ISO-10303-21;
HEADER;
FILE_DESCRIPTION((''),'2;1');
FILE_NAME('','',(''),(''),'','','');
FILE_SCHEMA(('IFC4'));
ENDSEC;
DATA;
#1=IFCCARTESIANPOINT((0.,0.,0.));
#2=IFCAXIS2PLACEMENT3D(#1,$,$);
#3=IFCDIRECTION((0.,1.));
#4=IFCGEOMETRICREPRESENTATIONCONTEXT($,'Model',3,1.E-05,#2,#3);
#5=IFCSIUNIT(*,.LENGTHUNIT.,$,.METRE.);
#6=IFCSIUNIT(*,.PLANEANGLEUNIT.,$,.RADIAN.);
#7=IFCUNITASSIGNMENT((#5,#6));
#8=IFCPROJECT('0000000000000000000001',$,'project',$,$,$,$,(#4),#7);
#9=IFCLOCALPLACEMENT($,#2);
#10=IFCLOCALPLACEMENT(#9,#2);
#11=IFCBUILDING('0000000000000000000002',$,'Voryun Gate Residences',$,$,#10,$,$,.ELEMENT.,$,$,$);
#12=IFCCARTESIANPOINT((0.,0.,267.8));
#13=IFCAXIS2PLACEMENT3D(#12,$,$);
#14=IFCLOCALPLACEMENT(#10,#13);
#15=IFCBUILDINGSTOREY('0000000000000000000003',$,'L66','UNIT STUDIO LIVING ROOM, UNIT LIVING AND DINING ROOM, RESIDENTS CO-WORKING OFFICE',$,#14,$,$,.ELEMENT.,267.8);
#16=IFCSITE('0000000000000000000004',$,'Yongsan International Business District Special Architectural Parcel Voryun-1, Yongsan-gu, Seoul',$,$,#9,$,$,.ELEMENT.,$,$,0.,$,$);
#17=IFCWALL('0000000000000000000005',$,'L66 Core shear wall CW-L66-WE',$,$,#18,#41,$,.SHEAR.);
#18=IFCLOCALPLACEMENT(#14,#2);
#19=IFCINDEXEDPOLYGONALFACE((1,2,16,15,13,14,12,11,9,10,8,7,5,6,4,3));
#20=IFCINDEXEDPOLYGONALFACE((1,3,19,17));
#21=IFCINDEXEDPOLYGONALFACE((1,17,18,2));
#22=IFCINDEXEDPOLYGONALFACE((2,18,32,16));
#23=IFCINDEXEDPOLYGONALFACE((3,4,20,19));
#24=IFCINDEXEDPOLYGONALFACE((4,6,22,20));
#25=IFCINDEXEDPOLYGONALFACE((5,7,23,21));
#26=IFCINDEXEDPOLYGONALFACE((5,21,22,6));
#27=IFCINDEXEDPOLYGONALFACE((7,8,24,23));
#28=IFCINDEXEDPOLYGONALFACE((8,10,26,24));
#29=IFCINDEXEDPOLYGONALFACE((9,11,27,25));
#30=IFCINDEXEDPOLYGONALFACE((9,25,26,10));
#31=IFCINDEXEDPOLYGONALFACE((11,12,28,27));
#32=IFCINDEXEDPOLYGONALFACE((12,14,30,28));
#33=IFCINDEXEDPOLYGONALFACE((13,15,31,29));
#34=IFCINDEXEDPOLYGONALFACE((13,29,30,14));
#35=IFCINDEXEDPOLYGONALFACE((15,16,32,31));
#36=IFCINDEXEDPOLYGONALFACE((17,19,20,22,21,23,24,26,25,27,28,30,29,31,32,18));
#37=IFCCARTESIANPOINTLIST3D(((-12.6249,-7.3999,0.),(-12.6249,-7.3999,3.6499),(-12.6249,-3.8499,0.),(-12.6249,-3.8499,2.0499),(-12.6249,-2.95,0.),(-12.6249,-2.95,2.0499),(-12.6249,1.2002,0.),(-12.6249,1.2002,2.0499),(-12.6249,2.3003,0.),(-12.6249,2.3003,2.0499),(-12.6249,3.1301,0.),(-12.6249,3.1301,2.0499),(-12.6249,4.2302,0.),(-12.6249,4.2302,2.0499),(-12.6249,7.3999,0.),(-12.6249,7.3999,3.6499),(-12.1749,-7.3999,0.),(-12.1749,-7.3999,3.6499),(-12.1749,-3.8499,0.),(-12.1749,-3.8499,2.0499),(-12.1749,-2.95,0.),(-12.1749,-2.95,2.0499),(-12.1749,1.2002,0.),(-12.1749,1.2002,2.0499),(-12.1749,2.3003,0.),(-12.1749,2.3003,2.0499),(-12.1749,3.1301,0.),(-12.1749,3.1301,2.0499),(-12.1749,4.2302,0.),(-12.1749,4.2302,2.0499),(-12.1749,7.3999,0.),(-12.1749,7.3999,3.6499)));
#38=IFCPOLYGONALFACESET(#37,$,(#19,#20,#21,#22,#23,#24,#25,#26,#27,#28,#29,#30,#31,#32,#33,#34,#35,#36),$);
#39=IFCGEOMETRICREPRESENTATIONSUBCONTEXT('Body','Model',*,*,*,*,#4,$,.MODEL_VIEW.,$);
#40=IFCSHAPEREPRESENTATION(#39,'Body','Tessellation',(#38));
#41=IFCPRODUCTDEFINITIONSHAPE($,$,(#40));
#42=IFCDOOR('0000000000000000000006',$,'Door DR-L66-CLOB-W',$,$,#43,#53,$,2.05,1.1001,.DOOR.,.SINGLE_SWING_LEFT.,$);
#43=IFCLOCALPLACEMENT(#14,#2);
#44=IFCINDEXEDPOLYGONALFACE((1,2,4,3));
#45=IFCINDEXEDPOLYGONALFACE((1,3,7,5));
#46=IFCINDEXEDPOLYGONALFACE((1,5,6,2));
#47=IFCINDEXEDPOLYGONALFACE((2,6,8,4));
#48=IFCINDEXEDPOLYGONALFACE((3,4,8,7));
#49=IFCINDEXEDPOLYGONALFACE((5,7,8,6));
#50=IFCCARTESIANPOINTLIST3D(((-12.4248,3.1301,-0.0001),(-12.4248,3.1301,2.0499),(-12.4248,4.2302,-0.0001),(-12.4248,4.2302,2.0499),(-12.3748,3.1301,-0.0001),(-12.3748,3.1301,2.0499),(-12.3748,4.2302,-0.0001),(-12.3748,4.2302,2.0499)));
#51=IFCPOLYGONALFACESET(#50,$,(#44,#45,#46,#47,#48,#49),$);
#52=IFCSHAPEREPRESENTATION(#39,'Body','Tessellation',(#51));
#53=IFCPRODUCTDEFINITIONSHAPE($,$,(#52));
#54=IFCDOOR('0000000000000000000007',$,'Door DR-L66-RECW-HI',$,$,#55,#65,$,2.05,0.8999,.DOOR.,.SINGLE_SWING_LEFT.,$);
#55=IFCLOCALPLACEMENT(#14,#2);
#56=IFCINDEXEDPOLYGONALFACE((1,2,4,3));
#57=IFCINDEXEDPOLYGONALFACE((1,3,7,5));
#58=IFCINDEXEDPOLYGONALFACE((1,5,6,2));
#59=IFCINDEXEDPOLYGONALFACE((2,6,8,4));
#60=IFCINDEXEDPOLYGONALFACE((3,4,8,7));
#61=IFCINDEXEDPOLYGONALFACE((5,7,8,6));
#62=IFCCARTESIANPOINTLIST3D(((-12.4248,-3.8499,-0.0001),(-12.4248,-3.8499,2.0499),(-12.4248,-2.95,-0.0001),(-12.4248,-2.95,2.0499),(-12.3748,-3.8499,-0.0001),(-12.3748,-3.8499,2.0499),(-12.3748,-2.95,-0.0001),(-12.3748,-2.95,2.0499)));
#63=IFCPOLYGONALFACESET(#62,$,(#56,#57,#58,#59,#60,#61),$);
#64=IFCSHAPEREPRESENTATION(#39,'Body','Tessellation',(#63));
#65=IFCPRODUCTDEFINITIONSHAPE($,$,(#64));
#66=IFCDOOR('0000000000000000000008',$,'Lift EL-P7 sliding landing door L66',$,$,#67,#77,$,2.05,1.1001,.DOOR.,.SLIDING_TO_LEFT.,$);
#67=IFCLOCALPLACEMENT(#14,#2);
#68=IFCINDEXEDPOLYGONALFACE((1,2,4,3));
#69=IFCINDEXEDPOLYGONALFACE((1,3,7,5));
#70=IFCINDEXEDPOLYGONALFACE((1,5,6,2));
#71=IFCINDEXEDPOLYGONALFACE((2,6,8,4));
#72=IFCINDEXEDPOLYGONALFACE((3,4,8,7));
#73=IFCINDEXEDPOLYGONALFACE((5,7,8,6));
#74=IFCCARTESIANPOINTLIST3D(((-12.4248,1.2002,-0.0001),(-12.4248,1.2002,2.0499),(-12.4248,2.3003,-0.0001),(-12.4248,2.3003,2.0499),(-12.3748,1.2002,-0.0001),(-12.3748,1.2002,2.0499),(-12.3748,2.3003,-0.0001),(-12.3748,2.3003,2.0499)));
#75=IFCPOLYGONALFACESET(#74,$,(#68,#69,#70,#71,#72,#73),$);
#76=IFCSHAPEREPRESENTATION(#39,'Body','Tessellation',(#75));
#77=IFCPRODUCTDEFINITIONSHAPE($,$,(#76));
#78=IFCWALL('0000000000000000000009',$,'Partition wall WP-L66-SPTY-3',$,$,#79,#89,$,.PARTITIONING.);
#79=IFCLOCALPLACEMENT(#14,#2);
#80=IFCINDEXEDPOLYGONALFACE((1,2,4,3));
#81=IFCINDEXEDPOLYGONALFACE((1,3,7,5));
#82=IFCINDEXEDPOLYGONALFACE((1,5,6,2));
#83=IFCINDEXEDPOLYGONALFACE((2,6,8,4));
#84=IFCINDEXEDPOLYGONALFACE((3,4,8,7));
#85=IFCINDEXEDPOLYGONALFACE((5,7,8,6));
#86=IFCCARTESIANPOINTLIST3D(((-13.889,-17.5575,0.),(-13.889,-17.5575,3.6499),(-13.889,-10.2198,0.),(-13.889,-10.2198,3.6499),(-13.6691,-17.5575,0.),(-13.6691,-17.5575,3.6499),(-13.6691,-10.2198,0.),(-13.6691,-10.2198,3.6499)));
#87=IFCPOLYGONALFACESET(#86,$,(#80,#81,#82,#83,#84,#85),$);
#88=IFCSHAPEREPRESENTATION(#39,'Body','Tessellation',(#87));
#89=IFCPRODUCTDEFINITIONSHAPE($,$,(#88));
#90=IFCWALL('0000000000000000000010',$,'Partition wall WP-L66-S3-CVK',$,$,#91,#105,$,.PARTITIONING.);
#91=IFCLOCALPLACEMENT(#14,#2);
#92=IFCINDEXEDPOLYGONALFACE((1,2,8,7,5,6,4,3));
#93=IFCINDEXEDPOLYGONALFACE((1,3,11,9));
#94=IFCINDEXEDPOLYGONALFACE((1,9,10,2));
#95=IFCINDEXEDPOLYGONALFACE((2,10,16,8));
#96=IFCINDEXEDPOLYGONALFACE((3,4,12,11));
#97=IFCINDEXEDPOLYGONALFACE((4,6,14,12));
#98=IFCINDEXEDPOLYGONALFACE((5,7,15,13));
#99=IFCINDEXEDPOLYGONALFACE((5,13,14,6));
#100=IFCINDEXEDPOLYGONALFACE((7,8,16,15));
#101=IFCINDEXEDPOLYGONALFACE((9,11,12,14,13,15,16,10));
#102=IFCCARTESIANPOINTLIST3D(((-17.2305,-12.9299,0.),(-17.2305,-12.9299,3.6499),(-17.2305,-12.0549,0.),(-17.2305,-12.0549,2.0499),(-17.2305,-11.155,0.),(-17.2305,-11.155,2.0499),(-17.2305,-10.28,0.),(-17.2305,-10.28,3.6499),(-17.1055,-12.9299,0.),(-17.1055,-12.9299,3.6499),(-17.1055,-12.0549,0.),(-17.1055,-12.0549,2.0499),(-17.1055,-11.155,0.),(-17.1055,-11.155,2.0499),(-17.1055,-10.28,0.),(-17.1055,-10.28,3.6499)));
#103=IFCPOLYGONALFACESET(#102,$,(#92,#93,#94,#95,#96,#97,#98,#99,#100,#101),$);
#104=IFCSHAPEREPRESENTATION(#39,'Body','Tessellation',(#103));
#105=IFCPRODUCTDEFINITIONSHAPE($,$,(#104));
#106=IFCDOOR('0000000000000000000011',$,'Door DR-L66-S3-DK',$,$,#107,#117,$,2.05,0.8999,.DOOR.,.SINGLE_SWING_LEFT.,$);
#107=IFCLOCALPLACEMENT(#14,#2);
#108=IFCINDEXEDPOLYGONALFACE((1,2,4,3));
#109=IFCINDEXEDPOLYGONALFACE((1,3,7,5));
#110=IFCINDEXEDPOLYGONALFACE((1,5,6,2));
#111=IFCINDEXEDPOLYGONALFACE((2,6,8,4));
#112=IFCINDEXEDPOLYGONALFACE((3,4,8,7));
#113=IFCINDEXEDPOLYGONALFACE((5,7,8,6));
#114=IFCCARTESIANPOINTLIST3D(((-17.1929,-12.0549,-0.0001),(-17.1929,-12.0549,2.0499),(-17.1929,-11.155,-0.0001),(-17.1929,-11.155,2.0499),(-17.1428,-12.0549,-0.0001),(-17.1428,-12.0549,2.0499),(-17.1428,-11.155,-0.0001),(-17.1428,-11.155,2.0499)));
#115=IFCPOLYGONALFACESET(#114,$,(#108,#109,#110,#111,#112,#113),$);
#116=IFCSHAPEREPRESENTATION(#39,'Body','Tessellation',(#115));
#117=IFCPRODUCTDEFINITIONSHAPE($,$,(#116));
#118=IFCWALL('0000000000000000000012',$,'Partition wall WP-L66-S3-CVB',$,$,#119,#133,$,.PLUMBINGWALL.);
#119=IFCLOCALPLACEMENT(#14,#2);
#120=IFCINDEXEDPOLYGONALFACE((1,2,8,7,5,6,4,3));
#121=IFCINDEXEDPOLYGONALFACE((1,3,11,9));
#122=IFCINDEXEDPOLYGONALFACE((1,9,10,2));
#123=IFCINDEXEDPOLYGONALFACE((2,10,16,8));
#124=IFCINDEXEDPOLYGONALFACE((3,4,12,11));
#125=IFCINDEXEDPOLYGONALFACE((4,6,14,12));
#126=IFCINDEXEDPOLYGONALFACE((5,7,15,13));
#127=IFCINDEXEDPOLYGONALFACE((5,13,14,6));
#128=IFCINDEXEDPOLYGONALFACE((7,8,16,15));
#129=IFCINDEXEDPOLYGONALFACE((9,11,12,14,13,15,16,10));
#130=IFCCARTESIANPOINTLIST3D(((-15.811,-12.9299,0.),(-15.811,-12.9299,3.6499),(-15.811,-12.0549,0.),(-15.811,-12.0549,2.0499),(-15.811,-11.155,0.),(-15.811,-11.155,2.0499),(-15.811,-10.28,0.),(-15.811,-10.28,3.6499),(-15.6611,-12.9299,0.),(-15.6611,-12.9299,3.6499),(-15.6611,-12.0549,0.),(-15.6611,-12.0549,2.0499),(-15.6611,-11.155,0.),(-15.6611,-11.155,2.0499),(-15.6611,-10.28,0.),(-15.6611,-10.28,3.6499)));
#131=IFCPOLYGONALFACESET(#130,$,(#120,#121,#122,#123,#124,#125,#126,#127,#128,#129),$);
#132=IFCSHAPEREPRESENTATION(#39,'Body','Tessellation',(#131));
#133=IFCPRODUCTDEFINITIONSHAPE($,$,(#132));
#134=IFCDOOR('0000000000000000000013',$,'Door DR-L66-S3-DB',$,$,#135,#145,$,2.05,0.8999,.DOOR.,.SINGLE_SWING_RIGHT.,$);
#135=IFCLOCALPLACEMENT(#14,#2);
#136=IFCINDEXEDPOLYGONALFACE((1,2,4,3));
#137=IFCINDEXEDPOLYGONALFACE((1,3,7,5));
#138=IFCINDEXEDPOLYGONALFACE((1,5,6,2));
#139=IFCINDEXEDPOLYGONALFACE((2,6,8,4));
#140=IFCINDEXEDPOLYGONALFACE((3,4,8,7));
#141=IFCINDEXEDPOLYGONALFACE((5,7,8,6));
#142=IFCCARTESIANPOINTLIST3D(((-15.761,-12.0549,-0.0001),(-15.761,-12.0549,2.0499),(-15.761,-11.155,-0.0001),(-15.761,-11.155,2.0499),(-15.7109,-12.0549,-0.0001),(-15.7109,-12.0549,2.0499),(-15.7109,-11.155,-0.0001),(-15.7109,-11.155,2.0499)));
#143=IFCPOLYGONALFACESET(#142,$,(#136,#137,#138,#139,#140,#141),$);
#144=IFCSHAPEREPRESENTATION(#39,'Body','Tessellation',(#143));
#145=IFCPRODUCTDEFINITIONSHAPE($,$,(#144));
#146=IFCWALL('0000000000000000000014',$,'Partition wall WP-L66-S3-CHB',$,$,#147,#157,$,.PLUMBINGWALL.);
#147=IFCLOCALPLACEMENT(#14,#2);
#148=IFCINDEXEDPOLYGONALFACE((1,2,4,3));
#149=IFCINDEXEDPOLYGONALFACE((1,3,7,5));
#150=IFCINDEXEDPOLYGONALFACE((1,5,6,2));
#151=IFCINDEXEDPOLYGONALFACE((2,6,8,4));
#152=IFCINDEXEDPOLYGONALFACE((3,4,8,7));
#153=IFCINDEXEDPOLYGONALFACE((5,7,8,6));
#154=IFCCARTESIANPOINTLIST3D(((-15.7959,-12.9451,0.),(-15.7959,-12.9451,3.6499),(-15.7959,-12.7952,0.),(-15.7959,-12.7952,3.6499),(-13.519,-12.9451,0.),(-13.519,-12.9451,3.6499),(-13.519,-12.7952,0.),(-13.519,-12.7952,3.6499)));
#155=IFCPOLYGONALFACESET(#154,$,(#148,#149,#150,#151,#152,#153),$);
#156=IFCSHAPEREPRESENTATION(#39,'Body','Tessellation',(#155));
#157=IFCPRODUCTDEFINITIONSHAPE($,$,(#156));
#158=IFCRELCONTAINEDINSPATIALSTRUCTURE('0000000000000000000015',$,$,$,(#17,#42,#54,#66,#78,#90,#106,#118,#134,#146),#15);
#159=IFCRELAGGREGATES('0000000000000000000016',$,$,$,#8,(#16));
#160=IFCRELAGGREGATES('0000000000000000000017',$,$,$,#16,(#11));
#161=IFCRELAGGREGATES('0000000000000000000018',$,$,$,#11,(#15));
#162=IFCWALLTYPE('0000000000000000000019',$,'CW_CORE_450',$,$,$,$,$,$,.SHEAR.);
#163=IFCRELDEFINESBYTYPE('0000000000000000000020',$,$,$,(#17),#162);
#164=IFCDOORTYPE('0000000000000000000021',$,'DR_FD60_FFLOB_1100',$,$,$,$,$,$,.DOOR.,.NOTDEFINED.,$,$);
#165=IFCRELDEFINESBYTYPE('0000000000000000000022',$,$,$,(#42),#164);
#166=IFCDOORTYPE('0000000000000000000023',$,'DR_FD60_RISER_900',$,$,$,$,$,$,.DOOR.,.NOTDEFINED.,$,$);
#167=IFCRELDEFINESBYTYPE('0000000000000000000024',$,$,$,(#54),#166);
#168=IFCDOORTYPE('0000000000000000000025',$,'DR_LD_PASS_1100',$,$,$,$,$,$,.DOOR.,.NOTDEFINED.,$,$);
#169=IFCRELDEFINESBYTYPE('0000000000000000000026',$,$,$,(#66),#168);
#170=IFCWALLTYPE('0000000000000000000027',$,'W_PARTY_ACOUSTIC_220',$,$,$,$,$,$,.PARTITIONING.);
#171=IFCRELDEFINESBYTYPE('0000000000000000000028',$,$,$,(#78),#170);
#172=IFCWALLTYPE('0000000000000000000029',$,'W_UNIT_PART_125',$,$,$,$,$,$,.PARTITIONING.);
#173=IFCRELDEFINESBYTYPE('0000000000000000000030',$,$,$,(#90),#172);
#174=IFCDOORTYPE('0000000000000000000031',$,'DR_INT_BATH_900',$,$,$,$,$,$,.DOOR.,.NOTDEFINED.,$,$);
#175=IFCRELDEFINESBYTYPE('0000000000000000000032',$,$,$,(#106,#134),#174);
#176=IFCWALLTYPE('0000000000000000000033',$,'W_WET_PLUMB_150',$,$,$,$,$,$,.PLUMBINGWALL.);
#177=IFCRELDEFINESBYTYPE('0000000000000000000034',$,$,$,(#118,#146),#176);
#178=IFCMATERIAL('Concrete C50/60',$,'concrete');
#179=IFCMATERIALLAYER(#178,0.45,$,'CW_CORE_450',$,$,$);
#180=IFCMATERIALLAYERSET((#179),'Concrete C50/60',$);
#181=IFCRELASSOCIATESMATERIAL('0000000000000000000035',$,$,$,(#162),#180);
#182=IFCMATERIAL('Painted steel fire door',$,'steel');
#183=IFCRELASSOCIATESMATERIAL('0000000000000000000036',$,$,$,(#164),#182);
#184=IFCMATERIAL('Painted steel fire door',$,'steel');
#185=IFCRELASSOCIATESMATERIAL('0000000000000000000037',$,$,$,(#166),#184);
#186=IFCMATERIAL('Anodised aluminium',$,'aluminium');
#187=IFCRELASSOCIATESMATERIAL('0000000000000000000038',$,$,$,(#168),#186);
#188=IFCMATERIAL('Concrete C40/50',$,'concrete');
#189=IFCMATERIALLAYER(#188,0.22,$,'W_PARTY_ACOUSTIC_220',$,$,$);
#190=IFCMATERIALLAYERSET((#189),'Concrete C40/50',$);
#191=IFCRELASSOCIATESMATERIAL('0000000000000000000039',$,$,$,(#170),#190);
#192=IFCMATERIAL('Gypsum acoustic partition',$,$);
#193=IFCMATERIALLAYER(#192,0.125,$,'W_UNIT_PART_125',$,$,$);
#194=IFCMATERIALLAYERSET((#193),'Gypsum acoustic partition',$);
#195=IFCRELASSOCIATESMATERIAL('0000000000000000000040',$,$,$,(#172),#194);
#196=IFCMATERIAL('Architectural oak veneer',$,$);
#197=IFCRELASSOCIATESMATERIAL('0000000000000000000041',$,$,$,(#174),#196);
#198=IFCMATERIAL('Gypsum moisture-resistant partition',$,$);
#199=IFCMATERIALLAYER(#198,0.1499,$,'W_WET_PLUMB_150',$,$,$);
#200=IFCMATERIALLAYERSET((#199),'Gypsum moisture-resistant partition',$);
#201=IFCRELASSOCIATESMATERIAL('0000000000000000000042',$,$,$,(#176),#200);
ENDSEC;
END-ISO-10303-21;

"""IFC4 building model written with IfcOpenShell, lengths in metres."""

from ifc_helpers import new_model, si_unit, direction, frame, frame_2d, origin, place, context, subcontext, project, spatial, rectangle, extrude, material, layer, layer_set, type_object, element, fill, save


model = new_model("IFC4")

# Units and contexts
model_context = context("Model", 3, precision=1e-05, world=origin(), true_north=direction((0.0, 1.0)))
body_context = subcontext(model_context, "Body", "Model", "MODEL_VIEW")
ifc_project = project(units=[si_unit("LENGTHUNIT", "METRE"), si_unit("PLANEANGLEUNIT", "RADIAN")], contexts=[model_context])

# Site, building, storey
site_placement = place(None, origin())
site = spatial("IfcSite", under=ifc_project, at=site_placement, Name="Yongsan International Business District Special Architectural Parcel Voryun-1, Yongsan-gu, Seoul", CompositionType="ELEMENT", RefElevation=0.0)
building_placement = place(site_placement, origin())
building = spatial("IfcBuilding", under=site, at=building_placement, Name="Voryun Gate Residences", CompositionType="ELEMENT")
storey_placement = place(building_placement, frame((0.0, 0.0, 267.8)))
storey = spatial("IfcBuildingStorey", under=building, at=storey_placement, Name="L66", Description="UNIT STUDIO LIVING ROOM, UNIT LIVING AND DINING ROOM, RESIDENTS CO-WORKING OFFICE", CompositionType="ELEMENT", Elevation=267.8)

# Wall, openings, doors
ifc_material_1 = material(Name="Concrete C50/60", Category="concrete")
ifc_layer_1 = layer(ifc_material_1, 0.45, Name="CW_CORE_450")
ifc_layer_set_1 = layer_set([ifc_layer_1], Name="Concrete C50/60")
wall_type_1 = type_object("IfcWallType", Name="CW_CORE_450", PredefinedType="SHEAR", material=ifc_layer_set_1)
wall_1_placement = place(storey_placement, frame((-12.3999, -7.3999, 0.0), z_axis=(0.0, 0.0, 1.0), x_axis=(0.0, 1.0, 0.0)))
wall_1 = element("IfcWall", 1, at=wall_1_placement, inside=storey, type_object=wall_type_1, Name="L66 Core shear wall CW-L66-WE", PredefinedType="SHEAR", context=body_context, shape_type="SweptSolid", body=[
    extrude(rectangle(XDim=14.7998, YDim=0.45, at=frame_2d((7.3999, 0.0))), origin(), (0.0, 0.0, 1.0), 3.6499),
])
opening_1_placement = place(wall_1_placement, frame((8.6001, 0.0, 0.0)))
opening_1 = element("IfcOpeningElement", 2, at=opening_1_placement, cuts=wall_1, PredefinedType="OPENING", context=body_context, shape_type="SweptSolid", body=[
    extrude(rectangle(XDim=1.1001, YDim=2.05, at=frame_2d((0.55, 1.0249))), frame((0.0, 0.2351, 0.0), z_axis=(0.0, -1.0, 0.0), x_axis=(1.0, 0.0, 0.0)), (0.0, 0.0, 1.0), 0.47),
])
opening_2_placement = place(wall_1_placement, frame((10.53, 0.0, 0.0)))
opening_2 = element("IfcOpeningElement", 3, at=opening_2_placement, cuts=wall_1, PredefinedType="OPENING", context=body_context, shape_type="SweptSolid", body=[
    extrude(rectangle(XDim=1.1001, YDim=2.05, at=frame_2d((0.55, 1.0249))), frame((0.0, 0.2351, 0.0), z_axis=(0.0, -1.0, 0.0), x_axis=(1.0, 0.0, 0.0)), (0.0, 0.0, 1.0), 0.47),
])
opening_3_placement = place(wall_1_placement, frame((3.55, 0.0, 0.0)))
opening_3 = element("IfcOpeningElement", 4, at=opening_3_placement, cuts=wall_1, PredefinedType="OPENING", context=body_context, shape_type="SweptSolid", body=[
    extrude(rectangle(XDim=0.8999, YDim=2.05, at=frame_2d((0.45, 1.0249))), frame((0.0, 0.2351, 0.0), z_axis=(0.0, -1.0, 0.0), x_axis=(1.0, 0.0, 0.0)), (0.0, 0.0, 1.0), 0.47),
])
ifc_material_2 = material(Name="Painted steel fire door", Category="steel")
door_type_1 = type_object("IfcDoorType", Name="DR_FD60_FFLOB_1100", OperationType="NOTDEFINED", PredefinedType="DOOR", material=ifc_material_2)
door_1_placement = place(opening_2_placement, origin())
door_1 = element("IfcDoor", 5, at=door_1_placement, inside=storey, type_object=door_type_1, Name="Door DR-L66-CLOB-W", OperationType="SINGLE_SWING_LEFT", OverallHeight=2.05, OverallWidth=1.1001, PredefinedType="DOOR", context=body_context, shape_type="SweptSolid", body=[
    extrude(rectangle(XDim=1.1001, YDim=2.05, at=frame_2d((0.55, 1.0249))), frame((0.0, 0.0249, 0.0), z_axis=(0.0, -1.0, 0.0), x_axis=(1.0, 0.0, 0.0)), (0.0, 0.0, 1.0), 0.05),
])
fill(opening_2, door_1)
ifc_material_3 = material(Name="Painted steel fire door", Category="steel")
door_type_2 = type_object("IfcDoorType", Name="DR_FD60_RISER_900", OperationType="NOTDEFINED", PredefinedType="DOOR", material=ifc_material_3)
door_2_placement = place(opening_3_placement, origin())
door_2 = element("IfcDoor", 6, at=door_2_placement, inside=storey, type_object=door_type_2, Name="Door DR-L66-RECW-HI", OperationType="SINGLE_SWING_LEFT", OverallHeight=2.05, OverallWidth=0.8999, PredefinedType="DOOR", context=body_context, shape_type="SweptSolid", body=[
    extrude(rectangle(XDim=0.8999, YDim=2.05, at=frame_2d((0.45, 1.0249))), frame((0.0, 0.0249, 0.0), z_axis=(0.0, -1.0, 0.0), x_axis=(1.0, 0.0, 0.0)), (0.0, 0.0, 1.0), 0.05),
])
fill(opening_3, door_2)
ifc_material_4 = material(Name="Anodised aluminium", Category="aluminium")
door_type_3 = type_object("IfcDoorType", Name="DR_LD_PASS_1100", OperationType="NOTDEFINED", PredefinedType="DOOR", material=ifc_material_4)
door_3_placement = place(opening_1_placement, origin())
door_3 = element("IfcDoor", 7, at=door_3_placement, inside=storey, type_object=door_type_3, Name="Lift EL-P7 sliding landing door L66", OperationType="SLIDING_TO_LEFT", OverallHeight=2.05, OverallWidth=1.1001, PredefinedType="DOOR", context=body_context, shape_type="SweptSolid", body=[
    extrude(rectangle(XDim=1.1001, YDim=2.05, at=frame_2d((0.55, 1.0249))), frame((0.0, 0.0249, 0.0), z_axis=(0.0, -1.0, 0.0), x_axis=(1.0, 0.0, 0.0)), (0.0, 0.0, 1.0), 0.05),
])
fill(opening_1, door_3)

# Wall
ifc_material_5 = material(Name="Concrete C40/50", Category="concrete")
ifc_layer_2 = layer(ifc_material_5, 0.22, Name="W_PARTY_ACOUSTIC_220")
ifc_layer_set_2 = layer_set([ifc_layer_2], Name="Concrete C40/50")
wall_type_2 = type_object("IfcWallType", Name="W_PARTY_ACOUSTIC_220", PredefinedType="PARTITIONING", material=ifc_layer_set_2)
wall_2_placement = place(storey_placement, frame((-13.7791, -17.5576, 0.0), z_axis=(0.0, 0.0, 1.0), x_axis=(0.0, 1.0, 0.0)))
element("IfcWall", 8, at=wall_2_placement, inside=storey, type_object=wall_type_2, Name="Partition wall WP-L66-SPTY-3", PredefinedType="PARTITIONING", context=body_context, shape_type="SweptSolid", body=[
    extrude(rectangle(XDim=7.3376, YDim=0.22, at=frame_2d((3.6689, 0.0))), origin(), (0.0, 0.0, 1.0), 3.6499),
])

# Walls, openings, doors
ifc_material_6 = material(Name="Gypsum acoustic partition")
ifc_layer_3 = layer(ifc_material_6, 0.125, Name="W_UNIT_PART_125")
ifc_layer_set_3 = layer_set([ifc_layer_3], Name="Gypsum acoustic partition")
wall_type_3 = type_object("IfcWallType", Name="W_UNIT_PART_125", PredefinedType="PARTITIONING", material=ifc_layer_set_3)
wall_3_placement = place(storey_placement, frame((-17.168, -12.9299, 0.0), z_axis=(0.0, 0.0, 1.0), x_axis=(0.0, 1.0, 0.0)))
wall_3 = element("IfcWall", 9, at=wall_3_placement, inside=storey, type_object=wall_type_3, Name="Partition wall WP-L66-S3-CVK", PredefinedType="PARTITIONING", context=body_context, shape_type="SweptSolid", body=[
    extrude(rectangle(XDim=2.6499, YDim=0.125, at=frame_2d((1.325, 0.0))), origin(), (0.0, 0.0, 1.0), 3.6499),
])
opening_4_placement = place(wall_3_placement, frame((0.875, 0.0, 0.0)))
opening_4 = element("IfcOpeningElement", 10, at=opening_4_placement, cuts=wall_3, PredefinedType="OPENING", context=body_context, shape_type="SweptSolid", body=[
    extrude(rectangle(XDim=0.8999, YDim=2.05, at=frame_2d((0.45, 1.0249))), frame((0.0, 0.0725, 0.0), z_axis=(0.0, -1.0, 0.0), x_axis=(1.0, 0.0, 0.0)), (0.0, 0.0, 1.0), 0.145),
])
ifc_material_7 = material(Name="Architectural oak veneer")
door_type_4 = type_object("IfcDoorType", Name="DR_INT_BATH_900", OperationType="NOTDEFINED", PredefinedType="DOOR", material=ifc_material_7)
door_4_placement = place(opening_4_placement, origin())
door_4 = element("IfcDoor", 11, at=door_4_placement, inside=storey, type_object=door_type_4, Name="Door DR-L66-S3-DK", OperationType="SINGLE_SWING_LEFT", OverallHeight=2.05, OverallWidth=0.8999, PredefinedType="DOOR", context=body_context, shape_type="SweptSolid", body=[
    extrude(rectangle(XDim=0.8999, YDim=2.05, at=frame_2d((0.45, 1.0249))), frame((0.0, 0.0249, 0.0), z_axis=(0.0, -1.0, 0.0), x_axis=(1.0, 0.0, 0.0)), (0.0, 0.0, 1.0), 0.05),
])
fill(opening_4, door_4)
ifc_material_8 = material(Name="Gypsum moisture-resistant partition")
ifc_layer_4 = layer(ifc_material_8, 0.1499, Name="W_WET_PLUMB_150")
ifc_layer_set_4 = layer_set([ifc_layer_4], Name="Gypsum moisture-resistant partition")
wall_type_4 = type_object("IfcWallType", Name="W_WET_PLUMB_150", PredefinedType="PLUMBINGWALL", material=ifc_layer_set_4)
wall_4_placement = place(storey_placement, frame((-15.7361, -12.9299, 0.0), z_axis=(0.0, 0.0, 1.0), x_axis=(0.0, 1.0, 0.0)))
wall_4 = element("IfcWall", 12, at=wall_4_placement, inside=storey, type_object=wall_type_4, Name="Partition wall WP-L66-S3-CVB", PredefinedType="PLUMBINGWALL", context=body_context, shape_type="SweptSolid", body=[
    extrude(rectangle(XDim=2.6499, YDim=0.1499, at=frame_2d((1.325, 0.0))), origin(), (0.0, 0.0, 1.0), 3.6499),
])
opening_5_placement = place(wall_4_placement, frame((0.875, 0.0, 0.0)))
opening_5 = element("IfcOpeningElement", 13, at=opening_5_placement, cuts=wall_4, PredefinedType="OPENING", context=body_context, shape_type="SweptSolid", body=[
    extrude(rectangle(XDim=0.8999, YDim=2.05, at=frame_2d((0.45, 1.0249))), frame((0.0, 0.085, 0.0), z_axis=(0.0, -1.0, 0.0), x_axis=(1.0, 0.0, 0.0)), (0.0, 0.0, 1.0), 0.1699),
])
door_5_placement = place(opening_5_placement, origin())
door_5 = element("IfcDoor", 14, at=door_5_placement, inside=storey, type_object=door_type_4, Name="Door DR-L66-S3-DB", OperationType="SINGLE_SWING_RIGHT", OverallHeight=2.05, OverallWidth=0.8999, PredefinedType="DOOR", context=body_context, shape_type="SweptSolid", body=[
    extrude(rectangle(XDim=0.8999, YDim=2.05, at=frame_2d((0.45, 1.0249))), frame((0.0, 0.0249, 0.0), z_axis=(0.0, -1.0, 0.0), x_axis=(1.0, 0.0, 0.0)), (0.0, 0.0, 1.0), 0.05),
])
fill(opening_5, door_5)

# Wall
wall_5_placement = place(storey_placement, frame((-15.7959, -12.8701, 0.0), z_axis=(0.0, 0.0, 1.0), x_axis=(1.0, 0.0, 0.0)))
element("IfcWall", 15, at=wall_5_placement, inside=storey, type_object=wall_type_4, Name="Partition wall WP-L66-S3-CHB", PredefinedType="PLUMBINGWALL", context=body_context, shape_type="SweptSolid", body=[
    extrude(rectangle(XDim=2.2769, YDim=0.1499, at=frame_2d((1.1384, 0.0))), origin(), (0.0, 0.0, 1.0), 3.6499),
])

save(model, "model.ifc")
